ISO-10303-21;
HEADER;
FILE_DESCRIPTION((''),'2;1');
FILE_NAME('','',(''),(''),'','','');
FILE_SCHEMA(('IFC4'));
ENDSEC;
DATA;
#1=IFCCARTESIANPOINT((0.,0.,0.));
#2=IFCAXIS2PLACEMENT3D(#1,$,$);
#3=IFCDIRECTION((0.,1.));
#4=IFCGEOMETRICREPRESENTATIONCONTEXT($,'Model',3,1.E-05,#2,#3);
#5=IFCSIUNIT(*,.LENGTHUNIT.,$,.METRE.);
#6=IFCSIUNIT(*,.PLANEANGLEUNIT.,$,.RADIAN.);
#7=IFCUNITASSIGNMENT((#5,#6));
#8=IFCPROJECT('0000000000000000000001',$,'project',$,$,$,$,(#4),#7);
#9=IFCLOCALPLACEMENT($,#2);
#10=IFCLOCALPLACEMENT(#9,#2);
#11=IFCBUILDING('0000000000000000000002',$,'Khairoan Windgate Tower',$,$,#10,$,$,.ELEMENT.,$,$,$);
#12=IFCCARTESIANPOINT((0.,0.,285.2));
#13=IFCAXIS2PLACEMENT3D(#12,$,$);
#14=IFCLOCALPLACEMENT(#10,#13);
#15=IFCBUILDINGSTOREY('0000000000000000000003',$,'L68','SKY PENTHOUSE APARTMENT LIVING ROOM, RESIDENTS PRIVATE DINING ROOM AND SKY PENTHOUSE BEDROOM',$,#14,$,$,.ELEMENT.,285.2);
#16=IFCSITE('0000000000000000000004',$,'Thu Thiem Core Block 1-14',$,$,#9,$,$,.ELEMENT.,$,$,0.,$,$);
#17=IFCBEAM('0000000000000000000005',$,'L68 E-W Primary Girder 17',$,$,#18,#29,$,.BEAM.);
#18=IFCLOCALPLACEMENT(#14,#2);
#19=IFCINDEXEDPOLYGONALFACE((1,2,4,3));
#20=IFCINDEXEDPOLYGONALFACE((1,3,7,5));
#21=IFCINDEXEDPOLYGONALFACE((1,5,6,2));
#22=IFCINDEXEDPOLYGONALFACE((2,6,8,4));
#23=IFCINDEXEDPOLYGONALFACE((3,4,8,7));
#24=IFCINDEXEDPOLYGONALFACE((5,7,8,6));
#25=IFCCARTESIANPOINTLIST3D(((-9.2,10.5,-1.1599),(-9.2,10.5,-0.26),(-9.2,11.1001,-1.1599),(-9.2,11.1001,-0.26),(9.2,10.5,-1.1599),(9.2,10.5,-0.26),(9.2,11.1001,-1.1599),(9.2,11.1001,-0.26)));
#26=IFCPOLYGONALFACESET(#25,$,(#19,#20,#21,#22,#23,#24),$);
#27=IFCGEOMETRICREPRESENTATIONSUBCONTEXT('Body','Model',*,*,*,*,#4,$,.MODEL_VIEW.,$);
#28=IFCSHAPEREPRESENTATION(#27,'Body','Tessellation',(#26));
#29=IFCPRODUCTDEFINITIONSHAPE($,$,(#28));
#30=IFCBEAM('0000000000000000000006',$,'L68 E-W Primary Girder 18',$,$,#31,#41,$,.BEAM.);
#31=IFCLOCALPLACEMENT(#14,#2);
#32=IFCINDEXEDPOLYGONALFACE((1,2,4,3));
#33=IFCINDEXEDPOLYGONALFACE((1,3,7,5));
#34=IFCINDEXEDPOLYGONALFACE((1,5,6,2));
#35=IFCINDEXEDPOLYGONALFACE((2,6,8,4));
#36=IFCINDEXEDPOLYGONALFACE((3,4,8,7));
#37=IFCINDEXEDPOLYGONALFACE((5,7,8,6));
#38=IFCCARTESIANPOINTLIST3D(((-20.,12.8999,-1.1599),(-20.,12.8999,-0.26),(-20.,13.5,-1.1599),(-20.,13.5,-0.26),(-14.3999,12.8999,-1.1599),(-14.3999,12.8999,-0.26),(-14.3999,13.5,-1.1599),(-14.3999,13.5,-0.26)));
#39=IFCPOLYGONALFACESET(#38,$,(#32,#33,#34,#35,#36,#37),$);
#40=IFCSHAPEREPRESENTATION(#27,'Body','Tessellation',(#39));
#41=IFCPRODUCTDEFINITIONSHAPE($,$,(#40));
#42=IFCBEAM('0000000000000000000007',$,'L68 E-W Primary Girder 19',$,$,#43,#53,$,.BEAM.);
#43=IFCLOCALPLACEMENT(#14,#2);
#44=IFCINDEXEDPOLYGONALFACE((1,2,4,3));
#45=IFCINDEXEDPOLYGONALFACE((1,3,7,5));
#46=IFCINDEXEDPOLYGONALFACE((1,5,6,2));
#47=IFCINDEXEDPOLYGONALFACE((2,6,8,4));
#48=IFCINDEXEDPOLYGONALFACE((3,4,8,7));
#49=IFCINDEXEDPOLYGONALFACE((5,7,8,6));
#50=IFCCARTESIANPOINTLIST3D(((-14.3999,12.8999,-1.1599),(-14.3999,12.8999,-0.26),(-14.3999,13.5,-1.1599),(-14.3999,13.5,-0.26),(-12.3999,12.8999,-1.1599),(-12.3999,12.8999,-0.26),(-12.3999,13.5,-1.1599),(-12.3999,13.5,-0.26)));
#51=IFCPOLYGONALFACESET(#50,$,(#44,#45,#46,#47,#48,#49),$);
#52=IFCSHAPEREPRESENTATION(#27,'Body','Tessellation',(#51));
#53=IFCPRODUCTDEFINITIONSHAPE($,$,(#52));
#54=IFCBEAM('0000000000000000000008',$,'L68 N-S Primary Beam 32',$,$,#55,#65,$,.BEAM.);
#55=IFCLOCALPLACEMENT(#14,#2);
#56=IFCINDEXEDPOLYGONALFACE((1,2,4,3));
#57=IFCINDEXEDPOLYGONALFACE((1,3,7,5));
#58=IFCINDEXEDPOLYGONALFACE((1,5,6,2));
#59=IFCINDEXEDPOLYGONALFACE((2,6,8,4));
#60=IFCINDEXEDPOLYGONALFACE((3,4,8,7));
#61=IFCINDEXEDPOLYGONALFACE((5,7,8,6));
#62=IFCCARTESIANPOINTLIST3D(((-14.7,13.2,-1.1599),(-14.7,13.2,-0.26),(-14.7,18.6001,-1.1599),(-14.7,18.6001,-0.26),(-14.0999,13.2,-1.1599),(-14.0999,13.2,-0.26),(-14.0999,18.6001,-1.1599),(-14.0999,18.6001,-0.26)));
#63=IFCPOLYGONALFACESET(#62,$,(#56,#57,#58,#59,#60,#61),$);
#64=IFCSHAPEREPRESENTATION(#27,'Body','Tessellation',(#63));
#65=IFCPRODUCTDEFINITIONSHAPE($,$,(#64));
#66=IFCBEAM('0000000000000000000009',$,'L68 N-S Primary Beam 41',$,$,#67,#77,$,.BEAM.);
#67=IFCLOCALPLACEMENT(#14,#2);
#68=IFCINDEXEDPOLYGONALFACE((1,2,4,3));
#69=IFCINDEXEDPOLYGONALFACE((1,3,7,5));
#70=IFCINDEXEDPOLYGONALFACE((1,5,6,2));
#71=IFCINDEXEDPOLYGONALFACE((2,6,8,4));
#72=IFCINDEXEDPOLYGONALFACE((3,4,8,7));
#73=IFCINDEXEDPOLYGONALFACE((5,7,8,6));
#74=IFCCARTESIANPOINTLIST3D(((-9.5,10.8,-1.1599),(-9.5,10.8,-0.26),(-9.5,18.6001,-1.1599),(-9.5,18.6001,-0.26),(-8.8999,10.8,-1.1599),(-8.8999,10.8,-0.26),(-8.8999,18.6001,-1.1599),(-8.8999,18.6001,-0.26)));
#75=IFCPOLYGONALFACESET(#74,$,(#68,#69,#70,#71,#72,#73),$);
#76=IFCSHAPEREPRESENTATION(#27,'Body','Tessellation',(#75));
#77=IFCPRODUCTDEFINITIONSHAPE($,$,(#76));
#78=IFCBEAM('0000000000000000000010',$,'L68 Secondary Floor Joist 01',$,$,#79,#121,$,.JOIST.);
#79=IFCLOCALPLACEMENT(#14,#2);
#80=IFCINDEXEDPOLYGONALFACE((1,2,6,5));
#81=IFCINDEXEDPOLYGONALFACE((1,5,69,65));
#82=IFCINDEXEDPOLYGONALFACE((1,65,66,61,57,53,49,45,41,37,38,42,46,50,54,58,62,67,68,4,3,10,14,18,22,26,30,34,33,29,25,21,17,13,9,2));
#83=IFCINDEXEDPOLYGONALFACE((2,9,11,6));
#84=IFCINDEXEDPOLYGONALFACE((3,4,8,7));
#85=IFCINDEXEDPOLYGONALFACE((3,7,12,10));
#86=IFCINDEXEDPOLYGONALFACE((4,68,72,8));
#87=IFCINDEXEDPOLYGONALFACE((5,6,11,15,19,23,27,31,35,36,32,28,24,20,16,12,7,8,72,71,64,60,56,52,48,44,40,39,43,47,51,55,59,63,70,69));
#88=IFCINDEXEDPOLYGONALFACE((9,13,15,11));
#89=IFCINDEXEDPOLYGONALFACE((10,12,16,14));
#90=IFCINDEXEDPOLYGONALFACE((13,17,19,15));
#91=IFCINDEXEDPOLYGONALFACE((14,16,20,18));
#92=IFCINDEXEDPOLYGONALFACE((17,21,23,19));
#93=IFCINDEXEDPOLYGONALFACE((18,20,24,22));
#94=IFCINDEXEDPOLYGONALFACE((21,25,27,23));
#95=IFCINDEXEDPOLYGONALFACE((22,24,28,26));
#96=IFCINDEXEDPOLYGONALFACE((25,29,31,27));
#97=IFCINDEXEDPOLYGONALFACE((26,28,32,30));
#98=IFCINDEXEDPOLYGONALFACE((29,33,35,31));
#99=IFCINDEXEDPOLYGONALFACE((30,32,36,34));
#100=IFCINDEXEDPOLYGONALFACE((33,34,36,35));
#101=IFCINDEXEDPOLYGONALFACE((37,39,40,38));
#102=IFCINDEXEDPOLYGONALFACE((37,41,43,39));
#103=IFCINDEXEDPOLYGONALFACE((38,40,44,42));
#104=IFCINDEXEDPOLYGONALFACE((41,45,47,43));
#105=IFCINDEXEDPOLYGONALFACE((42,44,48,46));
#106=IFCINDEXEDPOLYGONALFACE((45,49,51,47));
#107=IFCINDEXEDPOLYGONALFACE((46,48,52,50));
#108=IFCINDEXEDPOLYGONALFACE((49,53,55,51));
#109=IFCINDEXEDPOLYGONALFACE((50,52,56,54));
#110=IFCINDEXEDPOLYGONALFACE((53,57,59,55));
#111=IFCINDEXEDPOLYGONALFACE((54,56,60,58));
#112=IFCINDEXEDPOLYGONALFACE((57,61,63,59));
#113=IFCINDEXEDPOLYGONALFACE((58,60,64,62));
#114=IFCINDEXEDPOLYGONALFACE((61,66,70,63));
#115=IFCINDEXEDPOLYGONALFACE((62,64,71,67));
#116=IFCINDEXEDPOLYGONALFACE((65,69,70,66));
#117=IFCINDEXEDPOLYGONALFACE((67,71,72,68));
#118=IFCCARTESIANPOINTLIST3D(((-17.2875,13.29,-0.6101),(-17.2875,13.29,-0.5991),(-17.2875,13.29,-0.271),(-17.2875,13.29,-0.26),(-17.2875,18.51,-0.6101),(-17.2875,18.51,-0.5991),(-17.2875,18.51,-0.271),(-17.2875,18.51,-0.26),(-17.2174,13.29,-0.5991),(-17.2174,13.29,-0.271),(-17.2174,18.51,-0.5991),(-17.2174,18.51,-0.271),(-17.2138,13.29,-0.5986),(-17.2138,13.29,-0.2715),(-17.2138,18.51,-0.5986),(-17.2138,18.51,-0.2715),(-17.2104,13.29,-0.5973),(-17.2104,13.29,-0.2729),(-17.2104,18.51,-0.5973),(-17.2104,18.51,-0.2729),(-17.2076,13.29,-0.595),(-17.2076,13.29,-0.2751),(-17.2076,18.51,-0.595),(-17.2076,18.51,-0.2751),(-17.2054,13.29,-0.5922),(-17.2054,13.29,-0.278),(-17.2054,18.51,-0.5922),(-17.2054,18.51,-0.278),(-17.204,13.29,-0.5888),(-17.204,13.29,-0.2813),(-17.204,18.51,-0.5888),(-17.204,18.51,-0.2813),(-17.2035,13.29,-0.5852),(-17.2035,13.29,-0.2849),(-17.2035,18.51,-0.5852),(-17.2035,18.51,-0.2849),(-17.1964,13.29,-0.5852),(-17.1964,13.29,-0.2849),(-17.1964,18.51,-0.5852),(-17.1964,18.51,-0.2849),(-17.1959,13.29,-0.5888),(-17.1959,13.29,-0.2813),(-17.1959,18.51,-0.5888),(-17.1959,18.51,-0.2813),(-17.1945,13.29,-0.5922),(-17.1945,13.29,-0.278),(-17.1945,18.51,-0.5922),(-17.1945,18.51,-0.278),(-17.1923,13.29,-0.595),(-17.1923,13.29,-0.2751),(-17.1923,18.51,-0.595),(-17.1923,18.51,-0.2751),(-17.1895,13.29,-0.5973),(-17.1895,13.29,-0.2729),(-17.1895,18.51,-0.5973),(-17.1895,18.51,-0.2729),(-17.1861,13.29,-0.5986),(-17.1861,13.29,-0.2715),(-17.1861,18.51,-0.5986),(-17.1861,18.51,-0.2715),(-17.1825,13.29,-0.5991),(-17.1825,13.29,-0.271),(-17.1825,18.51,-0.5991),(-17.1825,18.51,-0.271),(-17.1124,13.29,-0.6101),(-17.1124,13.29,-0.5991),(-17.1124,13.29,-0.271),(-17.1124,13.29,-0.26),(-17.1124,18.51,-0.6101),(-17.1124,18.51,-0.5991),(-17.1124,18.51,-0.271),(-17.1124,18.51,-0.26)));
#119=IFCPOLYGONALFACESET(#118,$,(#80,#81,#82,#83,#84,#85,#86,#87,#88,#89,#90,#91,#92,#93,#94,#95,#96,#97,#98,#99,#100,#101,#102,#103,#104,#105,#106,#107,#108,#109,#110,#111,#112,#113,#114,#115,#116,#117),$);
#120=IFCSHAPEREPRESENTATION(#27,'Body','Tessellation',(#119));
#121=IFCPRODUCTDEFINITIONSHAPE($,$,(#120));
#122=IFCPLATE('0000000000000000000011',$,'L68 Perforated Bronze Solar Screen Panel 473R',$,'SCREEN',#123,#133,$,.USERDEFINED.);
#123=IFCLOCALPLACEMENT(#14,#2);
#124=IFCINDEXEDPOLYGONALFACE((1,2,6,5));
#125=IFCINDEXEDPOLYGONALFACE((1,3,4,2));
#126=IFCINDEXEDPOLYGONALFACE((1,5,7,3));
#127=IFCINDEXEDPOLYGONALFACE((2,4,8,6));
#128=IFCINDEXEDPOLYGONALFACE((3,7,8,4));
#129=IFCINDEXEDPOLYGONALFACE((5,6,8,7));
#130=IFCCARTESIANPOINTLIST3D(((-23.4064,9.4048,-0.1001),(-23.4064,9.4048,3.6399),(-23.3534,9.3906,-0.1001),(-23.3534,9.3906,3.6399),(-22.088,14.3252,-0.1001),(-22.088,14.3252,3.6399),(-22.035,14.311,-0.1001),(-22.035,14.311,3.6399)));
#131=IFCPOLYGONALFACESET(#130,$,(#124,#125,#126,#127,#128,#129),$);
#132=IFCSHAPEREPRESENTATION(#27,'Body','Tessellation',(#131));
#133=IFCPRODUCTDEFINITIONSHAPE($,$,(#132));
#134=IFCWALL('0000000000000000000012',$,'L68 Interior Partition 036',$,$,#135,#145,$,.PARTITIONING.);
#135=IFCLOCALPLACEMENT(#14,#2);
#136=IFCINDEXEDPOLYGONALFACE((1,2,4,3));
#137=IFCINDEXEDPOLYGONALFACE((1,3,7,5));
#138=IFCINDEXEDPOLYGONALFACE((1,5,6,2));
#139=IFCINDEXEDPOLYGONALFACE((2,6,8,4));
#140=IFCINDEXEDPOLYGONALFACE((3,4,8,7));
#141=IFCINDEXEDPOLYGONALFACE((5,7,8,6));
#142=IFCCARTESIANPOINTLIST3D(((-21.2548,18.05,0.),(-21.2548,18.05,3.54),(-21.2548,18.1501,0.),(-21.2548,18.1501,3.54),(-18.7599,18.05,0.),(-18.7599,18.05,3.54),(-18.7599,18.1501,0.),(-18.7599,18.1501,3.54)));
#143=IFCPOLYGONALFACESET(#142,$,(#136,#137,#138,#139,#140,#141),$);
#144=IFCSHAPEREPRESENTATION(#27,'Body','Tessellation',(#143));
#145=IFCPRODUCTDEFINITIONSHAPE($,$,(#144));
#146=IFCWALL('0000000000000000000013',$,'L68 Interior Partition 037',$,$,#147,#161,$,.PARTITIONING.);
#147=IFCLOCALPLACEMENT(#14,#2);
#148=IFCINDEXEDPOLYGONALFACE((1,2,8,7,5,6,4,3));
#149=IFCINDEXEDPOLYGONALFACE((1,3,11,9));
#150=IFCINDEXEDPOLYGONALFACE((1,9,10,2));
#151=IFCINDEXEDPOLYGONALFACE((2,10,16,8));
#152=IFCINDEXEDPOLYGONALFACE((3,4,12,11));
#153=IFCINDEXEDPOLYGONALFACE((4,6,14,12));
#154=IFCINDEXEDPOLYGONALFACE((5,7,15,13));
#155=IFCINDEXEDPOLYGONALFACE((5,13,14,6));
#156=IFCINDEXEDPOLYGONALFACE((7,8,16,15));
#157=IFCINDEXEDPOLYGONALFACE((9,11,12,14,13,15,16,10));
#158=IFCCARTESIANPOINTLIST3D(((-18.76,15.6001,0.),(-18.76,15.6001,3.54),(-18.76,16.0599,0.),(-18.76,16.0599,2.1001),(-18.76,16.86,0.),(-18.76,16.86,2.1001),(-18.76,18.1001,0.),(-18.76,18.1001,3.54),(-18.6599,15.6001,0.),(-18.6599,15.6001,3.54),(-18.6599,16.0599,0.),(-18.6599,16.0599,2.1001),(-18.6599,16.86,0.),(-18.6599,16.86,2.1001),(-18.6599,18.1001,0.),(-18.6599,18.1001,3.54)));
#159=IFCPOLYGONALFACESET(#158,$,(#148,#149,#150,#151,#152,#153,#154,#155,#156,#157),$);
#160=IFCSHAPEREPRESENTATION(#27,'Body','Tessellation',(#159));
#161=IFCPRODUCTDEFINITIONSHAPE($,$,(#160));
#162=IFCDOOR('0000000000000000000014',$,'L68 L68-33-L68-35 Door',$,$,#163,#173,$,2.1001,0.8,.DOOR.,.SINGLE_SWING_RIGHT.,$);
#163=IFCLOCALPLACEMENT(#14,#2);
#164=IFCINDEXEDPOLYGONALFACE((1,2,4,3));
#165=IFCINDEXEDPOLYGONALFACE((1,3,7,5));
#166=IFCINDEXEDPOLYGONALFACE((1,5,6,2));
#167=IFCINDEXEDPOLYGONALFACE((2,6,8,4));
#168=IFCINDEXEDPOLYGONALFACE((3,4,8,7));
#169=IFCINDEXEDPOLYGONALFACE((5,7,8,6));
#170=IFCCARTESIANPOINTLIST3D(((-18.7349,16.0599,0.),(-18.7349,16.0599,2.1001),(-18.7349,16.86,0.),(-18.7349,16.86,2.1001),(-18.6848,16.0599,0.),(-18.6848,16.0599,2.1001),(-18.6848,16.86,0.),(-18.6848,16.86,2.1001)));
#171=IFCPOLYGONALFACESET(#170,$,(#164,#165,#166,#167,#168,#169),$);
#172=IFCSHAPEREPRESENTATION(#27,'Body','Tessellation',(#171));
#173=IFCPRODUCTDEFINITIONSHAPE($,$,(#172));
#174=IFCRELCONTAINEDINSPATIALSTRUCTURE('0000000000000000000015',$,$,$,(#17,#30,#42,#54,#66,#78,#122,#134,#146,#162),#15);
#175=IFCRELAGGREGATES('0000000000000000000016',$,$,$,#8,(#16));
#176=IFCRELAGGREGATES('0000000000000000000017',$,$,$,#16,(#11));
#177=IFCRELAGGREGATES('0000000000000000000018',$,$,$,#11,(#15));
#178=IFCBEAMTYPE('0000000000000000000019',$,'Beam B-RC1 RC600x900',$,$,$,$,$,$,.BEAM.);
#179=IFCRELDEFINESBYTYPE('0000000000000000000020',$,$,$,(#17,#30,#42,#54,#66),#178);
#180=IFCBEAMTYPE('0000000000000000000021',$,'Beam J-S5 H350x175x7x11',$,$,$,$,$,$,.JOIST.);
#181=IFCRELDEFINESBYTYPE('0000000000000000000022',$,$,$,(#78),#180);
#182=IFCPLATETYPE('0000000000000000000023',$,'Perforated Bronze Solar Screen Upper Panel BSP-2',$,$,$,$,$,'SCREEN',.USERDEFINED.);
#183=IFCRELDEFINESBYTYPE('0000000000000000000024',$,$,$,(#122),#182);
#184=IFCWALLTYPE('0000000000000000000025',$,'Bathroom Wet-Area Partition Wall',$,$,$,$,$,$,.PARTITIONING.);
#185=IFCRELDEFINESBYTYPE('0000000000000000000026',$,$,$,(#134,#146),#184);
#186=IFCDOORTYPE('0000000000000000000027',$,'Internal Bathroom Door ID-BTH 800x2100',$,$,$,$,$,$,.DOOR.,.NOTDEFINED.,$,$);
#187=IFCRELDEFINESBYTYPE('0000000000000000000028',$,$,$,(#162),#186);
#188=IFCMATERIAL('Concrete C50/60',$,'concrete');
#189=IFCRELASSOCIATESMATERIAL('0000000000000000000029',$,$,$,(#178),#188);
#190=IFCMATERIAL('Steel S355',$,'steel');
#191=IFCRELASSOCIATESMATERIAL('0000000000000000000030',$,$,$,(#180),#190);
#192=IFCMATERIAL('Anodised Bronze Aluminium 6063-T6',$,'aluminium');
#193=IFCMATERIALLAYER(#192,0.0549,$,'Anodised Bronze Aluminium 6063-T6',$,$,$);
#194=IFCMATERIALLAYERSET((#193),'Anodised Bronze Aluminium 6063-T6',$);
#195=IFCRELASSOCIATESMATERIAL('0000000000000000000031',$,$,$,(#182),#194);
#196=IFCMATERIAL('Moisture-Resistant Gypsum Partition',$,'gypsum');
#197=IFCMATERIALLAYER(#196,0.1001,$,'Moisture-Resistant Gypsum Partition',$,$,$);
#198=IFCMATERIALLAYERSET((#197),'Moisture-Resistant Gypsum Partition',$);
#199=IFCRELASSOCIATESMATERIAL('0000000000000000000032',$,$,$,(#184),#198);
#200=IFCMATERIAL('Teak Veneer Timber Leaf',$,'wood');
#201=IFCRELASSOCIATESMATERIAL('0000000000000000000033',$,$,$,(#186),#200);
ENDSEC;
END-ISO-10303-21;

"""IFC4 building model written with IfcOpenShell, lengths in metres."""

from ifc_helpers import new_model, si_unit, direction, frame, frame_2d, origin, origin_2d, place, context, subcontext, project, spatial, rectangle, i_section, extrude, material, layer, layer_set, material_profile, profile_set, type_object, element, fill, save


model = new_model("IFC4")

# Units and contexts
model_context = context("Model", 3, precision=1e-05, world=origin(), true_north=direction((0.0, 1.0)))
body_context = subcontext(model_context, "Body", "Model", "MODEL_VIEW")
ifc_project = project(units=[si_unit("LENGTHUNIT", "METRE"), si_unit("PLANEANGLEUNIT", "RADIAN")], contexts=[model_context])

# Site, building, storey
site_placement = place(None, origin())
site = spatial("IfcSite", under=ifc_project, at=site_placement, Name="Thu Thiem Core Block 1-14", CompositionType="ELEMENT", RefElevation=0.0)
building_placement = place(site_placement, origin())
building = spatial("IfcBuilding", under=site, at=building_placement, Name="Khairoan Windgate Tower", CompositionType="ELEMENT")
storey_placement = place(building_placement, frame((0.0, 0.0, 285.2)))
storey = spatial("IfcBuildingStorey", under=building, at=storey_placement, Name="L68", Description="SKY PENTHOUSE APARTMENT LIVING ROOM, RESIDENTS PRIVATE DINING ROOM AND SKY PENTHOUSE BEDROOM", CompositionType="ELEMENT", Elevation=285.2)

# Beams
ifc_material_1 = material(Name="Concrete C50/60", Category="concrete")
ifc_material_profile_1 = material_profile(ifc_material_1, rectangle(XDim=0.6001, YDim=0.8999, at=origin_2d()))
ifc_profile_set_1 = profile_set([ifc_material_profile_1], Name="Concrete C50/60")
beam_type_1 = type_object("IfcBeamType", Name="Beam B-RC1 RC600x900", PredefinedType="BEAM", material=ifc_profile_set_1)
beam_1_placement = place(storey_placement, frame((-9.2, 10.8, -0.71), z_axis=(1.0, 0.0, 0.0), x_axis=(0.0, 1.0, 0.0)))
element("IfcBeam", 1, at=beam_1_placement, inside=storey, type_object=beam_type_1, Name="L68 E-W Primary Girder 17", PredefinedType="BEAM", context=body_context, shape_type="SweptSolid", body=[
    extrude(rectangle(XDim=0.6001, YDim=0.8999, at=origin_2d()), origin(), (0.0, 0.0, 1.0), 18.3999),
])
beam_2_placement = place(storey_placement, frame((-20.0, 13.2, -0.71), z_axis=(1.0, 0.0, 0.0), x_axis=(0.0, 1.0, 0.0)))
element("IfcBeam", 2, at=beam_2_placement, inside=storey, type_object=beam_type_1, Name="L68 E-W Primary Girder 18", PredefinedType="BEAM", context=body_context, shape_type="SweptSolid", body=[
    extrude(rectangle(XDim=0.6001, YDim=0.8999, at=origin_2d()), origin(), (0.0, 0.0, 1.0), 5.6001),
])
beam_3_placement = place(storey_placement, frame((-14.3999, 13.2, -0.71), z_axis=(1.0, 0.0, 0.0), x_axis=(0.0, 1.0, 0.0)))
element("IfcBeam", 3, at=beam_3_placement, inside=storey, type_object=beam_type_1, Name="L68 E-W Primary Girder 19", PredefinedType="BEAM", context=body_context, shape_type="SweptSolid", body=[
    extrude(rectangle(XDim=0.6001, YDim=0.8999, at=origin_2d()), origin(), (0.0, 0.0, 1.0), 2.0),
])
beam_4_placement = place(storey_placement, frame((-14.3999, 13.2, -0.71), z_axis=(0.0, 1.0, 0.0), x_axis=(-1.0, 0.0, 0.0)))
element("IfcBeam", 4, at=beam_4_placement, inside=storey, type_object=beam_type_1, Name="L68 N-S Primary Beam 32", PredefinedType="BEAM", context=body_context, shape_type="SweptSolid", body=[
    extrude(rectangle(XDim=0.6001, YDim=0.8999, at=origin_2d()), origin(), (0.0, 0.0, 1.0), 5.4001),
])
beam_5_placement = place(storey_placement, frame((-9.2, 10.8, -0.71), z_axis=(0.0, 1.0, 0.0), x_axis=(-1.0, 0.0, 0.0)))
element("IfcBeam", 5, at=beam_5_placement, inside=storey, type_object=beam_type_1, Name="L68 N-S Primary Beam 41", PredefinedType="BEAM", context=body_context, shape_type="SweptSolid", body=[
    extrude(rectangle(XDim=0.6001, YDim=0.8999, at=origin_2d()), origin(), (0.0, 0.0, 1.0), 7.8),
])
ifc_material_2 = material(Name="Steel S355", Category="steel")
ifc_material_profile_2 = material_profile(ifc_material_2, i_section(OverallWidth=0.175, OverallDepth=0.3501, WebThickness=0.0071, FlangeThickness=0.011, FilletRadius=0.0139, at=origin_2d()))
ifc_profile_set_2 = profile_set([ifc_material_profile_2], Name="Steel S355")
beam_type_2 = type_object("IfcBeamType", Name="Beam J-S5 H350x175x7x11", PredefinedType="JOIST", material=ifc_profile_set_2)
beam_6_placement = place(storey_placement, frame((-17.2, 13.29, -0.4351), z_axis=(0.0, 1.0, 0.0), x_axis=(-1.0, 0.0, 0.0)))
element("IfcBeam", 6, at=beam_6_placement, inside=storey, type_object=beam_type_2, Name="L68 Secondary Floor Joist 01", PredefinedType="JOIST", context=body_context, shape_type="SweptSolid", body=[
    extrude(i_section(OverallWidth=0.175, OverallDepth=0.3501, WebThickness=0.0071, FlangeThickness=0.011, FilletRadius=0.0139, at=origin_2d()), origin(), (0.0, 0.0, 1.0), 5.22),
])

# Plate
ifc_material_3 = material(Name="Anodised Bronze Aluminium 6063-T6", Category="aluminium")
ifc_layer_1 = layer(ifc_material_3, 0.0549, Name="Anodised Bronze Aluminium 6063-T6")
ifc_layer_set_1 = layer_set([ifc_layer_1], Name="Anodised Bronze Aluminium 6063-T6")
plate_type = type_object("IfcPlateType", Name="Perforated Bronze Solar Screen Upper Panel BSP-2", ElementType="SCREEN", PredefinedType="USERDEFINED", material=ifc_layer_set_1)
plate_placement = place(storey_placement, frame((-22.7207, 11.8579, -0.1001), z_axis=(0.0, 0.0, 1.0), x_axis=(0.258819, 0.965926, 0.0)))
element("IfcPlate", 7, at=plate_placement, inside=storey, type_object=plate_type, Name="L68 Perforated Bronze Solar Screen Panel 473R", ObjectType="SCREEN", PredefinedType="USERDEFINED", context=body_context, shape_type="SweptSolid", body=[
    extrude(rectangle(XDim=5.094, YDim=0.0549, at=origin_2d()), origin(), (0.0, 0.0, 1.0), 3.74),
])

# Wall
ifc_material_4 = material(Name="Moisture-Resistant Gypsum Partition", Category="gypsum")
ifc_layer_2 = layer(ifc_material_4, 0.1001, Name="Moisture-Resistant Gypsum Partition")
ifc_layer_set_2 = layer_set([ifc_layer_2], Name="Moisture-Resistant Gypsum Partition")
wall_type_1 = type_object("IfcWallType", Name="Bathroom Wet-Area Partition Wall", PredefinedType="PARTITIONING", material=ifc_layer_set_2)
wall_1_placement = place(storey_placement, frame((-21.2549, 18.1001, 0.0), z_axis=(0.0, 0.0, 1.0), x_axis=(1.0, 0.0, 0.0)))
element("IfcWall", 8, at=wall_1_placement, inside=storey, type_object=wall_type_1, Name="L68 Interior Partition 036", PredefinedType="PARTITIONING", context=body_context, shape_type="SweptSolid", body=[
    extrude(rectangle(XDim=2.4949, YDim=0.1001, at=frame_2d((1.2476, 0.0))), origin(), (0.0, 0.0, 1.0), 3.54),
])

# Wall, opening, door
wall_2_placement = place(storey_placement, frame((-18.71, 15.6001, 0.0), z_axis=(0.0, 0.0, 1.0), x_axis=(0.0, 1.0, 0.0)))
wall_2 = element("IfcWall", 9, at=wall_2_placement, inside=storey, type_object=wall_type_1, Name="L68 Interior Partition 037", PredefinedType="PARTITIONING", context=body_context, shape_type="SweptSolid", body=[
    extrude(rectangle(XDim=2.5, YDim=0.1001, at=frame_2d((1.25, 0.0))), origin(), (0.0, 0.0, 1.0), 3.54),
])
opening_1_placement = place(wall_2_placement, frame((0.46, 0.0, 0.0)))
opening_1 = element("IfcOpeningElement", 10, at=opening_1_placement, cuts=wall_2, PredefinedType="OPENING", context=body_context, shape_type="SweptSolid", body=[
    extrude(rectangle(XDim=0.8, YDim=2.1001, at=frame_2d((0.3999, 1.05))), frame((0.0, 0.0601, 0.0), z_axis=(0.0, -1.0, 0.0), x_axis=(1.0, 0.0, 0.0)), (0.0, 0.0, 1.0), 0.1201),
])
ifc_material_5 = material(Name="Teak Veneer Timber Leaf", Category="wood")
door_type_1 = type_object("IfcDoorType", Name="Internal Bathroom Door ID-BTH 800x2100", OperationType="NOTDEFINED", PredefinedType="DOOR", material=ifc_material_5)
door_1_placement = place(opening_1_placement, origin())
door_1 = element("IfcDoor", 11, at=door_1_placement, inside=storey, type_object=door_type_1, Name="L68 L68-33-L68-35 Door", OperationType="SINGLE_SWING_RIGHT", OverallHeight=2.1001, OverallWidth=0.8, PredefinedType="DOOR", context=body_context, shape_type="SweptSolid", body=[
    extrude(rectangle(XDim=0.8, YDim=2.1001, at=frame_2d((0.3999, 1.05))), frame((0.0, 0.0249, 0.0), z_axis=(0.0, -1.0, 0.0), x_axis=(1.0, 0.0, 0.0)), (0.0, 0.0, 1.0), 0.05),
])
fill(opening_1, door_1)

save(model, "model.ifc")
